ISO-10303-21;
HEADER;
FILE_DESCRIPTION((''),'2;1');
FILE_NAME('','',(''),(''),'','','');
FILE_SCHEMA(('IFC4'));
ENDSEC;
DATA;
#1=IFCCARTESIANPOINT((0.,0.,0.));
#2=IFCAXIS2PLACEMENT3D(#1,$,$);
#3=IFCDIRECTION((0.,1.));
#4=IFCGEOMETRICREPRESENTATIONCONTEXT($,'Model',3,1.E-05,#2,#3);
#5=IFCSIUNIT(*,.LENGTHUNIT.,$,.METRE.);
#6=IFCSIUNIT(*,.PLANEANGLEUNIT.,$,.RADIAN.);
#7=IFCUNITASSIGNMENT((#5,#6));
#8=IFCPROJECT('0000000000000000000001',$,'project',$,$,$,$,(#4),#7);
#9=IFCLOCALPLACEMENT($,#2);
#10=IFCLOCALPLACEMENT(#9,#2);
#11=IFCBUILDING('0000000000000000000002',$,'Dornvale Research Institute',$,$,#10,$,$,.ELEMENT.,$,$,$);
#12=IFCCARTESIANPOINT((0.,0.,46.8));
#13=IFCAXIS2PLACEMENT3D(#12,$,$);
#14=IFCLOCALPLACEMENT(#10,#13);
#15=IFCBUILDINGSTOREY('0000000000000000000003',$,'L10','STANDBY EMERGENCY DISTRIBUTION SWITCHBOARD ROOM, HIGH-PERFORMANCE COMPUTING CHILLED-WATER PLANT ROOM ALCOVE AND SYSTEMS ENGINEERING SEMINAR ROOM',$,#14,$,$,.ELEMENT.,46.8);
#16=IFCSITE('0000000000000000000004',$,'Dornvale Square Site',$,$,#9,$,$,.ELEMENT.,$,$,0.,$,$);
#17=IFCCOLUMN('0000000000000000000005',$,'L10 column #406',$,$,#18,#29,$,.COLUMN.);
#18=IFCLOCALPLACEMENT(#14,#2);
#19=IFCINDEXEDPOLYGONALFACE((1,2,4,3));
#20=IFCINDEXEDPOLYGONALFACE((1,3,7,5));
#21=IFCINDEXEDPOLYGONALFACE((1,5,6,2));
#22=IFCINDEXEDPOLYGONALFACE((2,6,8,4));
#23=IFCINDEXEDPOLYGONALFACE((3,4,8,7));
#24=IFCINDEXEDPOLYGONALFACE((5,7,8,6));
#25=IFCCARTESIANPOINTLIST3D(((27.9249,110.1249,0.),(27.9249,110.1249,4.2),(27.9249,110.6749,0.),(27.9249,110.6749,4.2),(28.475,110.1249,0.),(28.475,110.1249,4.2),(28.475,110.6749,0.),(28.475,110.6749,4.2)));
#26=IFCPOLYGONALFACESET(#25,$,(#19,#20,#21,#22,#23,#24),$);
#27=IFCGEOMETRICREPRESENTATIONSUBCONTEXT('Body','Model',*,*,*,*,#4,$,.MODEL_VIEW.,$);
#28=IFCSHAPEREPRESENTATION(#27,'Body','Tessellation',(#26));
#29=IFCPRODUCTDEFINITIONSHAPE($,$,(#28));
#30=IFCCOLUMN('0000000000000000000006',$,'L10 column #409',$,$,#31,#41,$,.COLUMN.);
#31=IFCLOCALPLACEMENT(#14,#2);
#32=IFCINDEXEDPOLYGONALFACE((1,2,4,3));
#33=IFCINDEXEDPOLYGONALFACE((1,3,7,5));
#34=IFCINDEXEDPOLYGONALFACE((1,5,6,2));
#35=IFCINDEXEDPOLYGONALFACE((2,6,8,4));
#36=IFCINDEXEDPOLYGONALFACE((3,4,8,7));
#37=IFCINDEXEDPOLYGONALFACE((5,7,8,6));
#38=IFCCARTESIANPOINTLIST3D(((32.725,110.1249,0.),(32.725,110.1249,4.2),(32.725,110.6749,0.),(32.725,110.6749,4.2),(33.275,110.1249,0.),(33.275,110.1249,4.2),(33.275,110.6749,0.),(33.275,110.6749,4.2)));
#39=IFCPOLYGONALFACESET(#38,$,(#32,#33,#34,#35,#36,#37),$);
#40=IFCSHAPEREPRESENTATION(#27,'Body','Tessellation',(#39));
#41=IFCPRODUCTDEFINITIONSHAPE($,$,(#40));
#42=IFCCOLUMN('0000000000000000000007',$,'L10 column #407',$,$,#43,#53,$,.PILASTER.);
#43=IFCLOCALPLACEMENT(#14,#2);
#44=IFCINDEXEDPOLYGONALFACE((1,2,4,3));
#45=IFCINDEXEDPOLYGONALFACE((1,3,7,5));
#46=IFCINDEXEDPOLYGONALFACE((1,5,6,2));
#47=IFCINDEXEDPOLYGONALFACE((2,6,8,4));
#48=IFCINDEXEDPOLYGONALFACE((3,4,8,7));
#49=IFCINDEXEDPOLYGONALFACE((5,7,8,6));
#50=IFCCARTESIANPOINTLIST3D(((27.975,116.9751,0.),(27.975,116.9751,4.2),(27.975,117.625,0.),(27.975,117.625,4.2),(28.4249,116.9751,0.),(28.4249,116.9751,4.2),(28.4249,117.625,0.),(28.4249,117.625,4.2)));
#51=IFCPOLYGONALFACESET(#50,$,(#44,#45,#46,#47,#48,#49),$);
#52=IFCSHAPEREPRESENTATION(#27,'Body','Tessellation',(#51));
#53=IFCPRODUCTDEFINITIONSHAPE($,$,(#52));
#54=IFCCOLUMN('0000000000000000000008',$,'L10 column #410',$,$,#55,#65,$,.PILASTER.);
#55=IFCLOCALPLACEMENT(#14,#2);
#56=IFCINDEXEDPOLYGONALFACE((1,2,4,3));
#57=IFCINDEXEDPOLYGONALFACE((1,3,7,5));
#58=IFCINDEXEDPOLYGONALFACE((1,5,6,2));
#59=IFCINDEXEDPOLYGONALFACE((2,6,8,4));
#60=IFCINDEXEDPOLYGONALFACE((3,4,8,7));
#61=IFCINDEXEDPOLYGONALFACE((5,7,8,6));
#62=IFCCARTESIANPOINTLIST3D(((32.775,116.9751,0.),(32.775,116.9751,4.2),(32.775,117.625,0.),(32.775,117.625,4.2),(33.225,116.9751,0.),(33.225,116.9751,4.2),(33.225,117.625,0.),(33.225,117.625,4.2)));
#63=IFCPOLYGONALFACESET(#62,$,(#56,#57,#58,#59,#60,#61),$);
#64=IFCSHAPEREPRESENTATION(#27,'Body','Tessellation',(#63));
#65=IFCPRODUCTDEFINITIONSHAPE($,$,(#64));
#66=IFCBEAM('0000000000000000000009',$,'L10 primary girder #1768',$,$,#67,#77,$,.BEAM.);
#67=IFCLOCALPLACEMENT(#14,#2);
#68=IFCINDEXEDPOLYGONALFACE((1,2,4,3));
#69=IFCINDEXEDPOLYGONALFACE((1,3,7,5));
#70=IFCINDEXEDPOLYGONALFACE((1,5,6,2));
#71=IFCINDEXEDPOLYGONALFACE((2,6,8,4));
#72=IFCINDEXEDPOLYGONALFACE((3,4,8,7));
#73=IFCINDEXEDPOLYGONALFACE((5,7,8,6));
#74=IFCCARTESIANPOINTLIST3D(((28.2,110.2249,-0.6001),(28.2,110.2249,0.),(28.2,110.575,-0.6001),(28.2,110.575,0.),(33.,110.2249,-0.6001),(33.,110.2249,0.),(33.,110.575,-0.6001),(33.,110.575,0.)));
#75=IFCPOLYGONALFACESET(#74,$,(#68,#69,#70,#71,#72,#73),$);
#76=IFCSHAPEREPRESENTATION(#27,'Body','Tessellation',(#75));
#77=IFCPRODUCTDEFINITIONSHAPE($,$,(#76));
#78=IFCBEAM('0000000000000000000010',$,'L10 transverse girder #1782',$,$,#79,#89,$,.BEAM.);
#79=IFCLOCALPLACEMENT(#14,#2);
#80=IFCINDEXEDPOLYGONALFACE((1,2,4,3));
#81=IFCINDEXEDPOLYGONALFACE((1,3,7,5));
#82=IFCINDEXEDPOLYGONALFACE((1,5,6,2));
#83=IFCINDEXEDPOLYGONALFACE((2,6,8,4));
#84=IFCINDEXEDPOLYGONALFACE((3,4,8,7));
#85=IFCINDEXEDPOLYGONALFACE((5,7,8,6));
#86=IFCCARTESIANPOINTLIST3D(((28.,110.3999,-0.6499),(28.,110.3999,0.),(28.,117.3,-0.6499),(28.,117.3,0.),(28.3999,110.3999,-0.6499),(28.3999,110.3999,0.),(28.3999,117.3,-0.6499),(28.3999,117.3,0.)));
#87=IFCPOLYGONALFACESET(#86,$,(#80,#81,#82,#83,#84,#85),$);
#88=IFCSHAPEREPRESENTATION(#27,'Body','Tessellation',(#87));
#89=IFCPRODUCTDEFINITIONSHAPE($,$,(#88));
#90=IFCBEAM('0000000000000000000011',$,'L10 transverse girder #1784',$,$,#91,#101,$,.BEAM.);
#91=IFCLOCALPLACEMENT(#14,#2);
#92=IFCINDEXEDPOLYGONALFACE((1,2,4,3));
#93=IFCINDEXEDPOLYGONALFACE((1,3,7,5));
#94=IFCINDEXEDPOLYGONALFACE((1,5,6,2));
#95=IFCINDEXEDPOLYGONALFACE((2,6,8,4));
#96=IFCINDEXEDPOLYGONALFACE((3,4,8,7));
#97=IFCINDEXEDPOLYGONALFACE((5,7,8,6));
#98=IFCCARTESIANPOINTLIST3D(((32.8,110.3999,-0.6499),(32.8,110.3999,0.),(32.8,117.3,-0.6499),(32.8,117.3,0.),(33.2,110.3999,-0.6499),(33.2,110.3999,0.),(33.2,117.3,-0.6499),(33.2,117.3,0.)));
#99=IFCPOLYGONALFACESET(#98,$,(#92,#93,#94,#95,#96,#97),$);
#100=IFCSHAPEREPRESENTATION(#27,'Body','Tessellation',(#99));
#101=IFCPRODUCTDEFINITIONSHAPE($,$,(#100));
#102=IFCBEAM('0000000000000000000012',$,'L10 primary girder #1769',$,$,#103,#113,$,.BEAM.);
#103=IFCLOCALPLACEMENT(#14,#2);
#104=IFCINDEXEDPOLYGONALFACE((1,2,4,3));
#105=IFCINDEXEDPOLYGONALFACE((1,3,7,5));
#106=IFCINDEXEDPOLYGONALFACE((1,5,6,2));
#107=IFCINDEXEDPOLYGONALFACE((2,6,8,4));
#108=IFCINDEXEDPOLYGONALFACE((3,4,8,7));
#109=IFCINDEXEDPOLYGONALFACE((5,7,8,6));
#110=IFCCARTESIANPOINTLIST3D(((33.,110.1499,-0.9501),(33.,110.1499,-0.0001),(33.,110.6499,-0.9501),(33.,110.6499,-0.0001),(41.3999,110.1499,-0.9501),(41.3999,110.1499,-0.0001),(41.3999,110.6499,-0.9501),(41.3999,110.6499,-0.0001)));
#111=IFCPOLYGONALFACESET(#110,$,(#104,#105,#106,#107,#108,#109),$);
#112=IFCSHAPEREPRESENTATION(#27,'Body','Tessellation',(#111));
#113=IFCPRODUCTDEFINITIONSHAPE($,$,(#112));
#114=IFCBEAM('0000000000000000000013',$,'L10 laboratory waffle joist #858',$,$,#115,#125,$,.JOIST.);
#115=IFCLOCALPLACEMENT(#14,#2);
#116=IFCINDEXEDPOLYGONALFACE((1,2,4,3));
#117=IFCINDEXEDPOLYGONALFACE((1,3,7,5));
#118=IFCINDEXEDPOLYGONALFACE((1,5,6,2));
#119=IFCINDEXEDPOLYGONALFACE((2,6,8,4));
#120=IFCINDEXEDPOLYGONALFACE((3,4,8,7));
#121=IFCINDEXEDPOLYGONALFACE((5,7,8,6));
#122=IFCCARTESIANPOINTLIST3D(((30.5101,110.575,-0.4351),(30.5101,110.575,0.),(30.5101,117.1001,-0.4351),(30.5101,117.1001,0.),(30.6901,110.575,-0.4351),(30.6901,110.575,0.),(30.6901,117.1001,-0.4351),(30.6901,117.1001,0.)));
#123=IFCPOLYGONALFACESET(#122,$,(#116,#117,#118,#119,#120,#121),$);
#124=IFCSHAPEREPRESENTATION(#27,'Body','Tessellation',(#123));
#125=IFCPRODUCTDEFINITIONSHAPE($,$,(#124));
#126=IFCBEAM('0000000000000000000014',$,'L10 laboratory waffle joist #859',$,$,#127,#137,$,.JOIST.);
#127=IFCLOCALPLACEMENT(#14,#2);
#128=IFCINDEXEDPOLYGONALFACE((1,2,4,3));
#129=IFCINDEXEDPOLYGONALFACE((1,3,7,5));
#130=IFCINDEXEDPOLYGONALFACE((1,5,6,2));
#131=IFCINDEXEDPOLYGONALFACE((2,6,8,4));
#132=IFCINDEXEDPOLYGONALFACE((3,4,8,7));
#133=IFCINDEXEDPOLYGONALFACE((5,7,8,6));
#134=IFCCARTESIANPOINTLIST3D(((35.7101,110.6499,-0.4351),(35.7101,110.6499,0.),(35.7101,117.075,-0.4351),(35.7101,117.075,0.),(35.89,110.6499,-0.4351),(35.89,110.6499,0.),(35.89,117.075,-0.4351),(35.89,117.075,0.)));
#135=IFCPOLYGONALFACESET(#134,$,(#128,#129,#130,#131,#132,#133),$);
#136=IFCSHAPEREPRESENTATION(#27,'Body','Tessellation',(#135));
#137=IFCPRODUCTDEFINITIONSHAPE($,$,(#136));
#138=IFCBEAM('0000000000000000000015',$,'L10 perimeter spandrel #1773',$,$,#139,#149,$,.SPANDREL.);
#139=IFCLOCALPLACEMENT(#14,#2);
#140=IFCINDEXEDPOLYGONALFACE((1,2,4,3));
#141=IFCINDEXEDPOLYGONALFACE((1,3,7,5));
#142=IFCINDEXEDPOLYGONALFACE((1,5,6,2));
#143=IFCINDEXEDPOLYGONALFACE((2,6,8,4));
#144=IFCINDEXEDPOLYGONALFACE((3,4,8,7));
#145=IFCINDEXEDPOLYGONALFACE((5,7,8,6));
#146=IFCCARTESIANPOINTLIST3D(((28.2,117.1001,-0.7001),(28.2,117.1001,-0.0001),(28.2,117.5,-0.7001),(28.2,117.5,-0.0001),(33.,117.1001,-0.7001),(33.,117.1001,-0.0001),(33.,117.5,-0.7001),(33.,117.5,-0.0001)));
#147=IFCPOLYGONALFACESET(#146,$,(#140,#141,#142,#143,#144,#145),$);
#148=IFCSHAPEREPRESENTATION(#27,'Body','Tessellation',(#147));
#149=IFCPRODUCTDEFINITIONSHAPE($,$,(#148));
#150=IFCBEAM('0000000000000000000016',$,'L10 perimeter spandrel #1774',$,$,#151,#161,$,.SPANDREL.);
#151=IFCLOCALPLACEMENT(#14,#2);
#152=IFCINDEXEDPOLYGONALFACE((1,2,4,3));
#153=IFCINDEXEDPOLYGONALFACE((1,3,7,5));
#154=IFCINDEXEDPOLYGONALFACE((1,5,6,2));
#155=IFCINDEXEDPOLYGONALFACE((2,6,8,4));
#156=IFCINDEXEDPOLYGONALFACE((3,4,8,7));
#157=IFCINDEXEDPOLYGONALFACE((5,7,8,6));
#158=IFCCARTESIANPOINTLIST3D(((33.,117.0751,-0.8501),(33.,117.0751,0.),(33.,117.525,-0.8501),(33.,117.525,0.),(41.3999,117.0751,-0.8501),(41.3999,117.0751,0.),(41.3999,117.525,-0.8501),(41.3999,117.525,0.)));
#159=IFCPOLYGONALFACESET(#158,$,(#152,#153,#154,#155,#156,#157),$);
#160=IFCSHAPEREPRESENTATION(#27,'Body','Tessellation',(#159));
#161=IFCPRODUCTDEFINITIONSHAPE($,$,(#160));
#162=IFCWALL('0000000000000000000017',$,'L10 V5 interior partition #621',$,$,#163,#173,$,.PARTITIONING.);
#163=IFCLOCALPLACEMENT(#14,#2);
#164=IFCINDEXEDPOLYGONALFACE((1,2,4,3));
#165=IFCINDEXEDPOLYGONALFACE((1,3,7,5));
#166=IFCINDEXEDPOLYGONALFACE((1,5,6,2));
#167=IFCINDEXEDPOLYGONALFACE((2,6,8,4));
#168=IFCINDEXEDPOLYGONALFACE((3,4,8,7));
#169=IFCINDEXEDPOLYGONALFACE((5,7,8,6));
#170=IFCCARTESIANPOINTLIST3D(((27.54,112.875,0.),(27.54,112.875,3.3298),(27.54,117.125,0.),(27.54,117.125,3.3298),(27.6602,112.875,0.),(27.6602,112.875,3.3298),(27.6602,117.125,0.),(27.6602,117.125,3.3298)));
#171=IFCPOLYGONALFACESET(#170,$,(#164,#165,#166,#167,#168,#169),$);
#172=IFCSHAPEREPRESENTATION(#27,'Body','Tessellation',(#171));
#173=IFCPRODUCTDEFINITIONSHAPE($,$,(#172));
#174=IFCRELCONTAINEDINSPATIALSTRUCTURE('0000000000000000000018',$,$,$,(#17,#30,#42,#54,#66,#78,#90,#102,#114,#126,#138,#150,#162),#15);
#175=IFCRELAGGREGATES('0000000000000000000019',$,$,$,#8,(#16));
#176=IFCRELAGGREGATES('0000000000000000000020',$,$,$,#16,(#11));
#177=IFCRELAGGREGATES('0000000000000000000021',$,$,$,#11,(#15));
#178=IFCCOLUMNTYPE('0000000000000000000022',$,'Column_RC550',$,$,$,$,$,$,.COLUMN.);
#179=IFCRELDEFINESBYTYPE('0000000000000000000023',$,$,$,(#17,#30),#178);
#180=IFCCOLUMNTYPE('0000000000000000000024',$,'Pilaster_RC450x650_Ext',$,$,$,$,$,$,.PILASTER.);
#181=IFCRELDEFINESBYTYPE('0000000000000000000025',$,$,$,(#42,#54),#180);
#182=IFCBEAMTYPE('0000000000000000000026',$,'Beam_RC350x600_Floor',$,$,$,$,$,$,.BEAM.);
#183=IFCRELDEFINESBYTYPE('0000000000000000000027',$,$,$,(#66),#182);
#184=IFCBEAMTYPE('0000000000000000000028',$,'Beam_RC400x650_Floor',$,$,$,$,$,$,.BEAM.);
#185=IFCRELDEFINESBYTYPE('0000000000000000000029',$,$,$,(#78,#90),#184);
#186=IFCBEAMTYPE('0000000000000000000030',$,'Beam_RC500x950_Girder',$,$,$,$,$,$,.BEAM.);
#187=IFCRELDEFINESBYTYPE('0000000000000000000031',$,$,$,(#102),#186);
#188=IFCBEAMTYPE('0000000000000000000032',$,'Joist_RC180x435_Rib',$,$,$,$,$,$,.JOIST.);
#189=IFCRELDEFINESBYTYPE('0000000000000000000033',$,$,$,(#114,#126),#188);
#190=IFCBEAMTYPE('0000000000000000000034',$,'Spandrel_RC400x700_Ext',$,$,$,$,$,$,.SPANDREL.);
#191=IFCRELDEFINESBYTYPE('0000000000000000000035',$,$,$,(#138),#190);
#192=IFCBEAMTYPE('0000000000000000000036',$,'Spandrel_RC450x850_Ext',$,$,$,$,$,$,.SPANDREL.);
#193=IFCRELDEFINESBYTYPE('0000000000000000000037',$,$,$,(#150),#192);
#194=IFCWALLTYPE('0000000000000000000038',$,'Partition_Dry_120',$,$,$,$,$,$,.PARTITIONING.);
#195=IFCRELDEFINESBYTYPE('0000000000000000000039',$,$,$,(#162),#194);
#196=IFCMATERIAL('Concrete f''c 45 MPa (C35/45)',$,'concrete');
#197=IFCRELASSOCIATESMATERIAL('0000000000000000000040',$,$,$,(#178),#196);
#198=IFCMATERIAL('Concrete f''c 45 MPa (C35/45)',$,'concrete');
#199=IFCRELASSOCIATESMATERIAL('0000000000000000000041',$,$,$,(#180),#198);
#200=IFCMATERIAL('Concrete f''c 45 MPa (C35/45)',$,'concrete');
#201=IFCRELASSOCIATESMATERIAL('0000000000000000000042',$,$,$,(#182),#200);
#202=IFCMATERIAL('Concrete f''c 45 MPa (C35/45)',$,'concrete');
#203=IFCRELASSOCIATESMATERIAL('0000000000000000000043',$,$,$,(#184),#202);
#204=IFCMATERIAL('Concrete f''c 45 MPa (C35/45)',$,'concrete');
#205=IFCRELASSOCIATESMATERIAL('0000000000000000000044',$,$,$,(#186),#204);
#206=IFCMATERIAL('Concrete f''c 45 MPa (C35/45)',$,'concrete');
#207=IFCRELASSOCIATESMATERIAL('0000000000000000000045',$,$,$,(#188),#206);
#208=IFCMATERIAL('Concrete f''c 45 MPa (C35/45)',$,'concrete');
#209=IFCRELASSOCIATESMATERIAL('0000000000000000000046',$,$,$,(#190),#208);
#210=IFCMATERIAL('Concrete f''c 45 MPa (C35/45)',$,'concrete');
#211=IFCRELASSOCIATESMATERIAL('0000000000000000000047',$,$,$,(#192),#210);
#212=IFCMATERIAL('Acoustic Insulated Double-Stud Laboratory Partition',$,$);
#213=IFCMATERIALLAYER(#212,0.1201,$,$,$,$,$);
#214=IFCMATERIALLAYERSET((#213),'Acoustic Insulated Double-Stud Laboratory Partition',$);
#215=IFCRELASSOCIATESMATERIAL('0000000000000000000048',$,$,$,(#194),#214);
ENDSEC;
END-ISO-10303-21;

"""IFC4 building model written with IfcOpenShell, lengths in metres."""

from ifc_helpers import new_model, si_unit, direction, frame, frame_2d, origin, origin_2d, place, context, subcontext, project, spatial, rectangle, extrude, material, layer, layer_set, material_profile, profile_set, type_object, element, save


model = new_model("IFC4")

# Units and contexts
model_context = context("Model", 3, precision=1e-05, world=origin(), true_north=direction((0.0, 1.0)))
body_context = subcontext(model_context, "Body", "Model", "MODEL_VIEW")
ifc_project = project(units=[si_unit("LENGTHUNIT", "METRE"), si_unit("PLANEANGLEUNIT", "RADIAN")], contexts=[model_context])

# Site, building, storey
site_placement = place(None, origin())
site = spatial("IfcSite", under=ifc_project, at=site_placement, Name="Dornvale Square Site", CompositionType="ELEMENT", RefElevation=0.0)
building_placement = place(site_placement, origin())
building = spatial("IfcBuilding", under=site, at=building_placement, Name="Dornvale Research Institute", CompositionType="ELEMENT")
storey_placement = place(building_placement, frame((0.0, 0.0, 46.8)))
storey = spatial("IfcBuildingStorey", under=building, at=storey_placement, Name="L10", Description="STANDBY EMERGENCY DISTRIBUTION SWITCHBOARD ROOM, HIGH-PERFORMANCE COMPUTING CHILLED-WATER PLANT ROOM ALCOVE AND SYSTEMS ENGINEERING SEMINAR ROOM", CompositionType="ELEMENT", Elevation=46.8)

# Columns
ifc_material_1 = material(Name="Concrete f'c 45 MPa (C35/45)", Category="concrete")
ifc_material_profile_1 = material_profile(ifc_material_1, rectangle(XDim=0.55, YDim=0.55, at=origin_2d()), Name="RC 550x550")
ifc_profile_set_1 = profile_set([ifc_material_profile_1], Name="Concrete f'c 45 MPa (C35/45)")
column_type_1 = type_object("IfcColumnType", Name="Column_RC550", PredefinedType="COLUMN", material=ifc_profile_set_1)
for number, where, z_axis, x_axis, name in (
    (1, (28.2, 110.3999, 0.0), (0.0, 0.0, 1.0), (1.0, 0.0, 0.0), "L10 column #406"),
    (2, (33.0, 110.3999, 0.0), (0.0, 0.0, 1.0), (1.0, 0.0, 0.0), "L10 column #409"),
):
    element("IfcColumn", number, at=place(storey_placement, frame(where, z_axis=z_axis, x_axis=x_axis)), inside=storey, type_object=column_type_1, Name=name, PredefinedType="COLUMN", context=body_context, shape_type="SweptSolid", body=[
        extrude(rectangle(XDim=0.55, YDim=0.55, at=origin_2d()), origin(), (0.0, 0.0, 1.0), 4.2),
    ])
ifc_material_2 = material(Name="Concrete f'c 45 MPa (C35/45)", Category="concrete")
ifc_material_profile_2 = material_profile(ifc_material_2, rectangle(XDim=0.45, YDim=0.6499, at=origin_2d()), Name="RC 450x650")
ifc_profile_set_2 = profile_set([ifc_material_profile_2], Name="Concrete f'c 45 MPa (C35/45)")
column_type_2 = type_object("IfcColumnType", Name="Pilaster_RC450x650_Ext", PredefinedType="PILASTER", material=ifc_profile_set_2)
for number, where, z_axis, x_axis, name in (
    (3, (28.2, 117.3, 0.0), (0.0, 0.0, 1.0), (1.0, 0.0, 0.0), "L10 column #407"),
    (4, (33.0, 117.3, 0.0), (0.0, 0.0, 1.0), (1.0, 0.0, 0.0), "L10 column #410"),
):
    element("IfcColumn", number, at=place(storey_placement, frame(where, z_axis=z_axis, x_axis=x_axis)), inside=storey, type_object=column_type_2, Name=name, PredefinedType="PILASTER", context=body_context, shape_type="SweptSolid", body=[
        extrude(rectangle(XDim=0.45, YDim=0.6499, at=origin_2d()), origin(), (0.0, 0.0, 1.0), 4.2),
    ])

# Beams
ifc_material_3 = material(Name="Concrete f'c 45 MPa (C35/45)", Category="concrete")
ifc_material_profile_3 = material_profile(ifc_material_3, rectangle(XDim=0.3501, YDim=0.6001, at=origin_2d()), Name="RC 350x600")
ifc_profile_set_3 = profile_set([ifc_material_profile_3], Name="Concrete f'c 45 MPa (C35/45)")
beam_type_1 = type_object("IfcBeamType", Name="Beam_RC350x600_Floor", PredefinedType="BEAM", material=ifc_profile_set_3)
beam_1_placement = place(storey_placement, frame((28.2, 110.3999, -0.3), z_axis=(1.0, 0.0, 0.0), x_axis=(0.0, 1.0, 0.0)))
element("IfcBeam", 5, at=beam_1_placement, inside=storey, type_object=beam_type_1, Name="L10 primary girder #1768", PredefinedType="BEAM", context=body_context, shape_type="SweptSolid", body=[
    extrude(rectangle(XDim=0.3501, YDim=0.6001, at=origin_2d()), origin(), (0.0, 0.0, 1.0), 4.8),
])
ifc_material_4 = material(Name="Concrete f'c 45 MPa (C35/45)", Category="concrete")
ifc_material_profile_4 = material_profile(ifc_material_4, rectangle(XDim=0.3999, YDim=0.6499, at=origin_2d()), Name="RC 400x650")
ifc_profile_set_4 = profile_set([ifc_material_profile_4], Name="Concrete f'c 45 MPa (C35/45)")
beam_type_2 = type_object("IfcBeamType", Name="Beam_RC400x650_Floor", PredefinedType="BEAM", material=ifc_profile_set_4)
for number, where, z_axis, x_axis, name in (
    (6, (28.2, 110.3999, -0.325), (0.0, 1.0, 0.0), (-1.0, 0.0, 0.0), "L10 transverse girder #1782"),
    (7, (33.0, 110.3999, -0.325), (0.0, 1.0, 0.0), (-1.0, 0.0, 0.0), "L10 transverse girder #1784"),
):
    element("IfcBeam", number, at=place(storey_placement, frame(where, z_axis=z_axis, x_axis=x_axis)), inside=storey, type_object=beam_type_2, Name=name, PredefinedType="BEAM", context=body_context, shape_type="SweptSolid", body=[
        extrude(rectangle(XDim=0.3999, YDim=0.6499, at=origin_2d()), origin(), (0.0, 0.0, 1.0), 6.9001),
    ])
ifc_material_5 = material(Name="Concrete f'c 45 MPa (C35/45)", Category="concrete")
ifc_material_profile_5 = material_profile(ifc_material_5, rectangle(XDim=0.5, YDim=0.95, at=origin_2d()), Name="RC 500x950")
ifc_profile_set_5 = profile_set([ifc_material_profile_5], Name="Concrete f'c 45 MPa (C35/45)")
beam_type_3 = type_object("IfcBeamType", Name="Beam_RC500x950_Girder", PredefinedType="BEAM", material=ifc_profile_set_5)
beam_2_placement = place(storey_placement, frame((33.0, 110.3999, -0.4751), z_axis=(1.0, 0.0, 0.0), x_axis=(0.0, 1.0, 0.0)))
element("IfcBeam", 8, at=beam_2_placement, inside=storey, type_object=beam_type_3, Name="L10 primary girder #1769", PredefinedType="BEAM", context=body_context, shape_type="SweptSolid", body=[
    extrude(rectangle(XDim=0.5, YDim=0.95, at=origin_2d()), origin(), (0.0, 0.0, 1.0), 8.3999),
])
ifc_material_6 = material(Name="Concrete f'c 45 MPa (C35/45)", Category="concrete")
ifc_material_profile_6 = material_profile(ifc_material_6, rectangle(XDim=0.1799, YDim=0.4351, at=origin_2d()), Name="RC 180x435")
ifc_profile_set_6 = profile_set([ifc_material_profile_6], Name="Concrete f'c 45 MPa (C35/45)")
beam_type_4 = type_object("IfcBeamType", Name="Joist_RC180x435_Rib", PredefinedType="JOIST", material=ifc_profile_set_6)
beam_3_placement = place(storey_placement, frame((30.6001, 110.575, -0.2175), z_axis=(0.0, 1.0, 0.0), x_axis=(-1.0, 0.0, 0.0)))
element("IfcBeam", 9, at=beam_3_placement, inside=storey, type_object=beam_type_4, Name="L10 laboratory waffle joist #858", PredefinedType="JOIST", context=body_context, shape_type="SweptSolid", body=[
    extrude(rectangle(XDim=0.1799, YDim=0.4351, at=origin_2d()), origin(), (0.0, 0.0, 1.0), 6.5251),
])
beam_4_placement = place(storey_placement, frame((35.8, 110.6499, -0.2175), z_axis=(0.0, 1.0, 0.0), x_axis=(-1.0, 0.0, 0.0)))
element("IfcBeam", 10, at=beam_4_placement, inside=storey, type_object=beam_type_4, Name="L10 laboratory waffle joist #859", PredefinedType="JOIST", context=body_context, shape_type="SweptSolid", body=[
    extrude(rectangle(XDim=0.1799, YDim=0.4351, at=origin_2d()), origin(), (0.0, 0.0, 1.0), 6.425),
])
ifc_material_7 = material(Name="Concrete f'c 45 MPa (C35/45)", Category="concrete")
ifc_material_profile_7 = material_profile(ifc_material_7, rectangle(XDim=0.3999, YDim=0.7, at=origin_2d()), Name="RC 400x700")
ifc_profile_set_7 = profile_set([ifc_material_profile_7], Name="Concrete f'c 45 MPa (C35/45)")
beam_type_5 = type_object("IfcBeamType", Name="Spandrel_RC400x700_Ext", PredefinedType="SPANDREL", material=ifc_profile_set_7)
beam_5_placement = place(storey_placement, frame((28.2, 117.3, -0.3501), z_axis=(1.0, 0.0, 0.0), x_axis=(0.0, 1.0, 0.0)))
element("IfcBeam", 11, at=beam_5_placement, inside=storey, type_object=beam_type_5, Name="L10 perimeter spandrel #1773", PredefinedType="SPANDREL", context=body_context, shape_type="SweptSolid", body=[
    extrude(rectangle(XDim=0.3999, YDim=0.7, at=origin_2d()), origin(), (0.0, 0.0, 1.0), 4.8),
])
ifc_material_8 = material(Name="Concrete f'c 45 MPa (C35/45)", Category="concrete")
ifc_material_profile_8 = material_profile(ifc_material_8, rectangle(XDim=0.45, YDim=0.8501, at=origin_2d()), Name="RC 450x850")
ifc_profile_set_8 = profile_set([ifc_material_profile_8], Name="Concrete f'c 45 MPa (C35/45)")
beam_type_6 = type_object("IfcBeamType", Name="Spandrel_RC450x850_Ext", PredefinedType="SPANDREL", material=ifc_profile_set_8)
beam_6_placement = place(storey_placement, frame((33.0, 117.3, -0.425), z_axis=(1.0, 0.0, 0.0), x_axis=(0.0, 1.0, 0.0)))
element("IfcBeam", 12, at=beam_6_placement, inside=storey, type_object=beam_type_6, Name="L10 perimeter spandrel #1774", PredefinedType="SPANDREL", context=body_context, shape_type="SweptSolid", body=[
    extrude(rectangle(XDim=0.45, YDim=0.8501, at=origin_2d()), origin(), (0.0, 0.0, 1.0), 8.3999),
])

# Wall
ifc_material_9 = material(Name="Acoustic Insulated Double-Stud Laboratory Partition")
ifc_layer_1 = layer(ifc_material_9, 0.1201)
ifc_layer_set_1 = layer_set([ifc_layer_1], Name="Acoustic Insulated Double-Stud Laboratory Partition")
wall_type_1 = type_object("IfcWallType", Name="Partition_Dry_120", PredefinedType="PARTITIONING", material=ifc_layer_set_1)
wall_1_placement = place(storey_placement, frame((27.6001, 112.875, 0.0), z_axis=(0.0, 0.0, 1.0), x_axis=(0.0, 1.0, 0.0)))
element("IfcWall", 13, at=wall_1_placement, inside=storey, type_object=wall_type_1, Name="L10 V5 interior partition #621", PredefinedType="PARTITIONING", context=body_context, shape_type="SweptSolid", body=[
    extrude(rectangle(XDim=4.25, YDim=0.1201, at=frame_2d((2.125, 0.0))), origin(), (0.0, 0.0, 1.0), 3.3298),
])

save(model, "model.ifc")
